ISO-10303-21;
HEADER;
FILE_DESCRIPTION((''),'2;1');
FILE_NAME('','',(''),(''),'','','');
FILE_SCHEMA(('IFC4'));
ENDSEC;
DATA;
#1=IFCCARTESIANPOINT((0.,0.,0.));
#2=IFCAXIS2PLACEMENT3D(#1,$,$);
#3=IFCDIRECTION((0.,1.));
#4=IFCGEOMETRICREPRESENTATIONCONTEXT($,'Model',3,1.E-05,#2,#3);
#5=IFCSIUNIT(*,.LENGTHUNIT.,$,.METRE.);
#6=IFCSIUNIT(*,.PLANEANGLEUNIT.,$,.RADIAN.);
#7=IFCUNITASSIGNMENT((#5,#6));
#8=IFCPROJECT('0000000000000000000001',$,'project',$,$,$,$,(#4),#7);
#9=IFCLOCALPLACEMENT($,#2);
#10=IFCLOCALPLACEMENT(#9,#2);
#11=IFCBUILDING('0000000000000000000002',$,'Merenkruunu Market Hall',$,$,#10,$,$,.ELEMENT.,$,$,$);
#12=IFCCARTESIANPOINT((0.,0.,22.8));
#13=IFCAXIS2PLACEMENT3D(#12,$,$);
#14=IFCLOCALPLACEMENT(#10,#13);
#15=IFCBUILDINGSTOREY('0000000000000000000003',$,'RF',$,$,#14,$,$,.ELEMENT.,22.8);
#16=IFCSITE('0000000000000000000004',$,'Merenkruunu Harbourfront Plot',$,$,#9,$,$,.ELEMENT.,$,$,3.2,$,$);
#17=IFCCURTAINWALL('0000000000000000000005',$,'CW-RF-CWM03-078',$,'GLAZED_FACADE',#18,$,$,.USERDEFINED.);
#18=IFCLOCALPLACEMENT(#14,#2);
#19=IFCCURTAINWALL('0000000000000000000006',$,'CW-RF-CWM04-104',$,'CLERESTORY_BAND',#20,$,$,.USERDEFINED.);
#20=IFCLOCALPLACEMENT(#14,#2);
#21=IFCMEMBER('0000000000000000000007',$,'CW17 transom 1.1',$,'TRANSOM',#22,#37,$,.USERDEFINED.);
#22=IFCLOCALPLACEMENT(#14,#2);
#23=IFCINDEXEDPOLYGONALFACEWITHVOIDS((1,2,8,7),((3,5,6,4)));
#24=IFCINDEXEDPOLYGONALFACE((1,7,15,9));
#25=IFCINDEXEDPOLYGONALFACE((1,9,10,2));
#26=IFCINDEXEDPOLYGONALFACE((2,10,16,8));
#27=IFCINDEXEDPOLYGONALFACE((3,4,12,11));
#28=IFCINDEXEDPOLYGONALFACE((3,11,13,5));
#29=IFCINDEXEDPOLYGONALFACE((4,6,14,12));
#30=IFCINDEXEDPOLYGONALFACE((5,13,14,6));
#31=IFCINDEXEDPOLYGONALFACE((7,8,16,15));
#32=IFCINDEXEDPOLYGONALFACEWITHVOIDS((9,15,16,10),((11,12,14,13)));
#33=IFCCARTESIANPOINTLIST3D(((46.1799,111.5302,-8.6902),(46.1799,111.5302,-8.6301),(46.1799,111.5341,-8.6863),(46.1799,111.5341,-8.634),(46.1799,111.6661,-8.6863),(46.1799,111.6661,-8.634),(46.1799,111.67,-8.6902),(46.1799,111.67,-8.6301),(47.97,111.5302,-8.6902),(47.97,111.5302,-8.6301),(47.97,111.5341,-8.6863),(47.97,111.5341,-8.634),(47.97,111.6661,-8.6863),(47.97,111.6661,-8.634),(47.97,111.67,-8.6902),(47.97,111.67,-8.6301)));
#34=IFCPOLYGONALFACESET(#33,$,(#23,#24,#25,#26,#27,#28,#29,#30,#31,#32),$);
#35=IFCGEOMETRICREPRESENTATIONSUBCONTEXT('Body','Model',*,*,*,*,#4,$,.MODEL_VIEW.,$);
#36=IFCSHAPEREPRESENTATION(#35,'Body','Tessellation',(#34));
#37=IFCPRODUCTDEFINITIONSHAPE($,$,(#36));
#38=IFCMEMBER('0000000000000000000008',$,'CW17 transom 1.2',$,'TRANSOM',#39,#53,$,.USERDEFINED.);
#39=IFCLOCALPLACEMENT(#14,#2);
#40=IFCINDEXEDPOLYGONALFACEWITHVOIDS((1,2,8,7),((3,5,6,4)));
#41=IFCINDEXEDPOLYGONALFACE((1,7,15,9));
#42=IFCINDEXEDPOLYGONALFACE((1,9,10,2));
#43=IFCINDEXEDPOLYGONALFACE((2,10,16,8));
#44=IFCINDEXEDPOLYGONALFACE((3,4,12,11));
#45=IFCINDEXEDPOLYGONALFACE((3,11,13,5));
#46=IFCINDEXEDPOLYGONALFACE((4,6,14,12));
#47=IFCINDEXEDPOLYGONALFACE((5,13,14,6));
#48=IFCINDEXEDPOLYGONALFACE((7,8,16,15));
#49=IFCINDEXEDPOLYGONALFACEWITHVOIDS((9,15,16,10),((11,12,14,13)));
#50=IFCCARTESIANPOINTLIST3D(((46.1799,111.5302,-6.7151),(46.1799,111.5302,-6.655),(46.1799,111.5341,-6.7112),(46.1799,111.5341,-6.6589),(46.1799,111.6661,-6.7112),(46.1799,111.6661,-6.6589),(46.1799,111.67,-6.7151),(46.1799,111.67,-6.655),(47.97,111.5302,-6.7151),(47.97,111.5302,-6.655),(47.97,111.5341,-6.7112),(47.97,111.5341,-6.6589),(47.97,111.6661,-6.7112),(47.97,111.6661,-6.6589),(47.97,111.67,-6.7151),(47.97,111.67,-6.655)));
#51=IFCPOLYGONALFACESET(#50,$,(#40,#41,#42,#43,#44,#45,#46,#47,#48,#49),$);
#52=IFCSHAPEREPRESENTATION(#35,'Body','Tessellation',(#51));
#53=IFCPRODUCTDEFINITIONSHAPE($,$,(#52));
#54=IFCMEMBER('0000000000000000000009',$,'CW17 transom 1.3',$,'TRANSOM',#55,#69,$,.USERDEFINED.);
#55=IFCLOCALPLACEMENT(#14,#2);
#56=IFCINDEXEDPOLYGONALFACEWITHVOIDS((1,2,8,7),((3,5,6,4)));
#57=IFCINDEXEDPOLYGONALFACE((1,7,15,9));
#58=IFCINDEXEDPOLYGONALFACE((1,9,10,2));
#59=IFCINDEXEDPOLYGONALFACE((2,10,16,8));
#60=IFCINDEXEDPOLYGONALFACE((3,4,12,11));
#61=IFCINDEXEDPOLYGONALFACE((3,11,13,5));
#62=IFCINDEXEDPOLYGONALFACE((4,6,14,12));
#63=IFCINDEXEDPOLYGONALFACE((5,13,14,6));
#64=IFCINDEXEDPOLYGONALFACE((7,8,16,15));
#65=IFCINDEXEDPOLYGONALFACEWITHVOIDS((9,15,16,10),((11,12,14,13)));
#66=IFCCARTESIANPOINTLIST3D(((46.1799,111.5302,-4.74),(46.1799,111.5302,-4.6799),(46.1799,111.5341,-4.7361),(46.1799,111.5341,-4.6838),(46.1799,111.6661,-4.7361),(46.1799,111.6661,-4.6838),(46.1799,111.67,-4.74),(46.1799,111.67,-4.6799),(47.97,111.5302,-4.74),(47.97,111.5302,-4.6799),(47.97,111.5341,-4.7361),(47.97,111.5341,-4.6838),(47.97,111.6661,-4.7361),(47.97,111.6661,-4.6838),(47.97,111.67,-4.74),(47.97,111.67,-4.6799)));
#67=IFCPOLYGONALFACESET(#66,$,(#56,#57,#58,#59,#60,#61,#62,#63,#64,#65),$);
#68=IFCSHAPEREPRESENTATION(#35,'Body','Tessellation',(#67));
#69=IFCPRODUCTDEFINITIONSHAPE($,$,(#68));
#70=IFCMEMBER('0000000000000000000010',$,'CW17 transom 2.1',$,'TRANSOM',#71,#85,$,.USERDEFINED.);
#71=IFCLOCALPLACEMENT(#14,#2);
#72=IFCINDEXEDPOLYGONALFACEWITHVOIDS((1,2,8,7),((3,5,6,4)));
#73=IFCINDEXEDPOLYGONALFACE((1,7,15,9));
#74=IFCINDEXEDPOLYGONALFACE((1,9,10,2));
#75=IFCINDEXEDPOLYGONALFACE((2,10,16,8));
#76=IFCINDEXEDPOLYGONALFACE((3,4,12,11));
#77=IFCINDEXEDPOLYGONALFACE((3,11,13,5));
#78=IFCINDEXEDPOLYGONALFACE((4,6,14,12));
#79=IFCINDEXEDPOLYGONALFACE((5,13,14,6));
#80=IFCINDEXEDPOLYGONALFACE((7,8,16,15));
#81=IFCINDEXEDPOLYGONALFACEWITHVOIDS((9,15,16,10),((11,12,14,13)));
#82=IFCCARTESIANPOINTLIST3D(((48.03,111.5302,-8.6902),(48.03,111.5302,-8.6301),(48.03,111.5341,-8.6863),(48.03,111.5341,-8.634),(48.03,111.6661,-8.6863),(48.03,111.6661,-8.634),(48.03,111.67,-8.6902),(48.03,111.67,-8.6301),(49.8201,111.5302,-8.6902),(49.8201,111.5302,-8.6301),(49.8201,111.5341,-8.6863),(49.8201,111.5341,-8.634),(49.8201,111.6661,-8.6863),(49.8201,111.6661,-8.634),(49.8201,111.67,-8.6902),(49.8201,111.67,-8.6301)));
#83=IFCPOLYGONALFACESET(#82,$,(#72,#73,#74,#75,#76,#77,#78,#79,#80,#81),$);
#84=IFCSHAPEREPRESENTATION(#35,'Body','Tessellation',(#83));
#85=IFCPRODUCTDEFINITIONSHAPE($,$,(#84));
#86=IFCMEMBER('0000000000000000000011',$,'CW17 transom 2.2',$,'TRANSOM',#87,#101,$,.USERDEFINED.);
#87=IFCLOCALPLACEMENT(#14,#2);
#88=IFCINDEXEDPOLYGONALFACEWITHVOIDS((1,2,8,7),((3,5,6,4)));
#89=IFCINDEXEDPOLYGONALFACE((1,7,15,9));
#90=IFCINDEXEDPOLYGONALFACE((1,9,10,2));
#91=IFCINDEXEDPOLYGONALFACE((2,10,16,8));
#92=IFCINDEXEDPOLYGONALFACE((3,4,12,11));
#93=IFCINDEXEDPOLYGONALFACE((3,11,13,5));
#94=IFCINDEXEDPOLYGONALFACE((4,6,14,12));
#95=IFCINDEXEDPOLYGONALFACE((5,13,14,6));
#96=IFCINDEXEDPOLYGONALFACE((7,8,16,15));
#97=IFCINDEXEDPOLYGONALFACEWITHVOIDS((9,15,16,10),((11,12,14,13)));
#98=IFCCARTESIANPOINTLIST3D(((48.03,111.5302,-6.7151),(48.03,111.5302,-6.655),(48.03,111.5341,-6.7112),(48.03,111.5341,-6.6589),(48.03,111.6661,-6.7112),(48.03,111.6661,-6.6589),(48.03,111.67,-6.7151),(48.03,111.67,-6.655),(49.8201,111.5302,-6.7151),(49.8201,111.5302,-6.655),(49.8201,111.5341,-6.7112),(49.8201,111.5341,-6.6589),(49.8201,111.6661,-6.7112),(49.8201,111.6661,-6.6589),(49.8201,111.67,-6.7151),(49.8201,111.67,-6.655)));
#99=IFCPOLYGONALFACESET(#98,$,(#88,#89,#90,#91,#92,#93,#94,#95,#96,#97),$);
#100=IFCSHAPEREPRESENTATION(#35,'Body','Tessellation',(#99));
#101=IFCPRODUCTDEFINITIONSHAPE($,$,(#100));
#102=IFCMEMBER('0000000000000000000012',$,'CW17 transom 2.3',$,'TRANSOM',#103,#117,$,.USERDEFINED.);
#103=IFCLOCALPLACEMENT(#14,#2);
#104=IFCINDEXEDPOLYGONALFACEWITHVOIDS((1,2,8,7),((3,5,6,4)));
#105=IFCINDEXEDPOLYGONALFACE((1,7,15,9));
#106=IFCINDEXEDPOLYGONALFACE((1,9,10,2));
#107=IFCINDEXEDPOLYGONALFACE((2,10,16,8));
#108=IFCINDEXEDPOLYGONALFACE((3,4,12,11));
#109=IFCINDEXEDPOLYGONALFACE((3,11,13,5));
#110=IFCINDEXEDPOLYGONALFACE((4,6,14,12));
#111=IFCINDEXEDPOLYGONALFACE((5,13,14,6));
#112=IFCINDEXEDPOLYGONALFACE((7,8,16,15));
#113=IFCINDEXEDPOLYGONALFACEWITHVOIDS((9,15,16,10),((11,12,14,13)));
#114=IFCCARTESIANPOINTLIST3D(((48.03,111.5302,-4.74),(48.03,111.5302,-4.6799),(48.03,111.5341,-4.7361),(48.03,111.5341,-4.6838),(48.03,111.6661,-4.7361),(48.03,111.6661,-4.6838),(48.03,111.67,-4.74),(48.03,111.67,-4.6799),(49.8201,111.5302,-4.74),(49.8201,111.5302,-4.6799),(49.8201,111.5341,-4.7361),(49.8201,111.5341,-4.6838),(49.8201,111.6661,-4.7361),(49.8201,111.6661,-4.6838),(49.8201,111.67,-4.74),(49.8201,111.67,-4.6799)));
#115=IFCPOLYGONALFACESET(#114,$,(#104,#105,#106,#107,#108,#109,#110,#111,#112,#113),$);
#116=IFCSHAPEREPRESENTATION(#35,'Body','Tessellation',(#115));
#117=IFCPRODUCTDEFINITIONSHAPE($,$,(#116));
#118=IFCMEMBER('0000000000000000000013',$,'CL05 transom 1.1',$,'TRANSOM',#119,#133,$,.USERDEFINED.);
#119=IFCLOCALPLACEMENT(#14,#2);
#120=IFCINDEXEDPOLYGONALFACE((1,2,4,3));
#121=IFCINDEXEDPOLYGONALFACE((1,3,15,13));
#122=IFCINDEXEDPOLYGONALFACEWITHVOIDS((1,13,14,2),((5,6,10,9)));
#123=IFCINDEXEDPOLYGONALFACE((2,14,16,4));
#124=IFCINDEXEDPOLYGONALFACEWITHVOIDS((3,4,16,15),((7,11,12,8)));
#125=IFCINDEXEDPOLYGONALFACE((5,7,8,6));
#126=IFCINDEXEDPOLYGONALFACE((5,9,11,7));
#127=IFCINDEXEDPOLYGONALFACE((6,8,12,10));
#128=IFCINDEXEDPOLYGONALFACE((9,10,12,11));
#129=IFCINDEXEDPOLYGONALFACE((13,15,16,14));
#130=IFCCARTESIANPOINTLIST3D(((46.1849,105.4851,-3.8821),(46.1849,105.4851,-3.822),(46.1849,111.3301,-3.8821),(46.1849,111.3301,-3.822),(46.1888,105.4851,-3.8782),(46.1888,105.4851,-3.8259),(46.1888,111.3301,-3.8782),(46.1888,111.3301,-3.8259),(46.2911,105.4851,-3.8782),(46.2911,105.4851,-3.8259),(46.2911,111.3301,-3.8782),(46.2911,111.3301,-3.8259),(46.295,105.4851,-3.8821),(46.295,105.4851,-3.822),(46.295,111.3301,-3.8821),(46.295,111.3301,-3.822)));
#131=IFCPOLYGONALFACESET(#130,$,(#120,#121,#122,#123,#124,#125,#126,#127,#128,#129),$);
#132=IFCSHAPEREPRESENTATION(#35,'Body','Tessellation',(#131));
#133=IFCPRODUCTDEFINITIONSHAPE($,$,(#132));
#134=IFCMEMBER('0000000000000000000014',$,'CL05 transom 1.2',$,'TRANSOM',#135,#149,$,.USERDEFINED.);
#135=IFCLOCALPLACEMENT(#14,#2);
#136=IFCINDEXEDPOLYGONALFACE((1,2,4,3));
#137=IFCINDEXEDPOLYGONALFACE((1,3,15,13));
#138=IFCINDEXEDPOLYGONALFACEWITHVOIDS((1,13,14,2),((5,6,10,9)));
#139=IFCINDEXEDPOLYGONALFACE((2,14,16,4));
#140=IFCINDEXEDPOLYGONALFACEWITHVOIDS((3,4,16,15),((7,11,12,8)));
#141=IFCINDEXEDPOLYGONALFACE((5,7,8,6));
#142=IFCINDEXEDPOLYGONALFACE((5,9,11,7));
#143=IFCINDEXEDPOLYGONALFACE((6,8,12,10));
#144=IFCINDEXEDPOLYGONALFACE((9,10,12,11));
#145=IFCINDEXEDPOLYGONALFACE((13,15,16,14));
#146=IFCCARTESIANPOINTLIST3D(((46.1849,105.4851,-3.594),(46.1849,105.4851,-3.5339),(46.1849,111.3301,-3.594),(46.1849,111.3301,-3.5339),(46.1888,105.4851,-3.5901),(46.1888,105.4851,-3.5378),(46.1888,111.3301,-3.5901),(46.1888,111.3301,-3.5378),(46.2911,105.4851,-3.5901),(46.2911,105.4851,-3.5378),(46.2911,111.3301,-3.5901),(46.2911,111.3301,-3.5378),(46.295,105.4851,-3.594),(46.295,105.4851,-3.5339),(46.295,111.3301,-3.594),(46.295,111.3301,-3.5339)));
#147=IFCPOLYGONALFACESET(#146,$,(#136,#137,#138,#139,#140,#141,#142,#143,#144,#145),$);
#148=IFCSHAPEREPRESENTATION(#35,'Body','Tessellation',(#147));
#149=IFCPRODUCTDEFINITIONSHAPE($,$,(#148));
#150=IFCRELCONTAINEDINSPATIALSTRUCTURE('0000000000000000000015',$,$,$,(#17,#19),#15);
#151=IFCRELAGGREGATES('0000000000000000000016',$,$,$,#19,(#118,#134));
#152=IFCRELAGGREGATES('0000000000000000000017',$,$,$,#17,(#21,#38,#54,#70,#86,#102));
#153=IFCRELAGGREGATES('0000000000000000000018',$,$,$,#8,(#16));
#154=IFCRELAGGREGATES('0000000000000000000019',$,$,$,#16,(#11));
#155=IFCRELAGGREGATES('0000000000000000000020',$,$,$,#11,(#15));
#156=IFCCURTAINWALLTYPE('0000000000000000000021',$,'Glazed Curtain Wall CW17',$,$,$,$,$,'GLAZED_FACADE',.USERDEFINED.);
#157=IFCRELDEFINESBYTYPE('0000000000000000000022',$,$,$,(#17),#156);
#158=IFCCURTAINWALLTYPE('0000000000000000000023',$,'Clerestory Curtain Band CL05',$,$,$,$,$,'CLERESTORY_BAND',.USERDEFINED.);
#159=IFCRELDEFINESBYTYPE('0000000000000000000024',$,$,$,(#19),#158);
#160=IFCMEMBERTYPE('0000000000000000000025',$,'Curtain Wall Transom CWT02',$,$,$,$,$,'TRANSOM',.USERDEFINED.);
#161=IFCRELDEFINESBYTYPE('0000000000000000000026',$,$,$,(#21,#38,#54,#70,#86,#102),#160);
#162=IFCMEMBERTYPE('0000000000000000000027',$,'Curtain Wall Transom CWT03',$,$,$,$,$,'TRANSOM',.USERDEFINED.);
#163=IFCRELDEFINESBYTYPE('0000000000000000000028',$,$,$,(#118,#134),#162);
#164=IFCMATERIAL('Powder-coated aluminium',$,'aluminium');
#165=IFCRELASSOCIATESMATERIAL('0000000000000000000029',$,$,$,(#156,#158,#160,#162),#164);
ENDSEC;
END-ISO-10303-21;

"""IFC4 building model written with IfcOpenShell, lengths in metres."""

from ifc_helpers import new_model, si_unit, direction, frame, origin, origin_2d, place, context, subcontext, project, spatial, hollow_rectangle, extrude, material, material_profile, profile_set, type_object, element, aggregate, save


model = new_model("IFC4")

# Units and contexts
model_context = context("Model", 3, precision=1e-05, world=origin(), true_north=direction((0.0, 1.0)))
body_context = subcontext(model_context, "Body", "Model", "MODEL_VIEW")
ifc_project = project(units=[si_unit("LENGTHUNIT", "METRE"), si_unit("PLANEANGLEUNIT", "RADIAN")], contexts=[model_context])

# Site, building, storey
site_placement = place(None, origin())
site = spatial("IfcSite", under=ifc_project, at=site_placement, Name="Merenkruunu Harbourfront Plot", CompositionType="ELEMENT", RefElevation=3.2)
building_placement = place(site_placement, origin())
building = spatial("IfcBuilding", under=site, at=building_placement, Name="Merenkruunu Market Hall", CompositionType="ELEMENT")
storey_placement = place(building_placement, frame((0.0, 0.0, 22.8)))
storey = spatial("IfcBuildingStorey", under=building, at=storey_placement, Name="RF", CompositionType="ELEMENT", Elevation=22.8)

# Shared definitions
ifc_material_1 = material(Name="Powder-coated aluminium", Category="aluminium")
curtain_wall_type_1 = type_object("IfcCurtainWallType", Name="Glazed Curtain Wall CW17", ElementType="GLAZED_FACADE", PredefinedType="USERDEFINED", material=ifc_material_1)

# Curtain wall
curtain_wall_1_placement = place(storey_placement, origin())
curtain_wall_1 = element("IfcCurtainWall", 1, at=curtain_wall_1_placement, inside=storey, type_object=curtain_wall_type_1, Name="CW-RF-CWM03-078", ObjectType="GLAZED_FACADE", PredefinedType="USERDEFINED")

# Curtain wall
curtain_wall_type_2 = type_object("IfcCurtainWallType", Name="Clerestory Curtain Band CL05", ElementType="CLERESTORY_BAND", PredefinedType="USERDEFINED", material=ifc_material_1)
curtain_wall_2_placement = place(storey_placement, origin())
curtain_wall_2 = element("IfcCurtainWall", 2, at=curtain_wall_2_placement, inside=storey, type_object=curtain_wall_type_2, Name="CW-RF-CWM04-104", ObjectType="CLERESTORY_BAND", PredefinedType="USERDEFINED")

# Members
ifc_material_profile_1 = material_profile(ifc_material_1, hollow_rectangle(XDim=0.0601, YDim=0.1399, WallThickness=0.0039, at=origin_2d()), Name="ALU 60x140x4")
ifc_profile_set_1 = profile_set([ifc_material_profile_1], Name="Powder-coated aluminium")
member_type_1 = type_object("IfcMemberType", Name="Curtain Wall Transom CWT02", ElementType="TRANSOM", PredefinedType="USERDEFINED", material=ifc_profile_set_1)
member_1_placement = place(storey_placement, frame((46.1799, 111.6001, -8.6602), z_axis=(1.0, 0.0, 0.0), x_axis=(0.0, 0.0, 1.0)))
member_1 = element("IfcMember", 3, at=member_1_placement, type_object=member_type_1, Name="CW17 transom 1.1", ObjectType="TRANSOM", PredefinedType="USERDEFINED", context=body_context, shape_type="SweptSolid", body=[
    extrude(hollow_rectangle(XDim=0.0601, YDim=0.1399, WallThickness=0.0039, at=origin_2d()), origin(), (0.0, 0.0, 1.0), 1.79),
])
member_2_placement = place(storey_placement, frame((46.1799, 111.6001, -6.6851), z_axis=(1.0, 0.0, 0.0), x_axis=(0.0, 0.0, 1.0)))
member_2 = element("IfcMember", 4, at=member_2_placement, type_object=member_type_1, Name="CW17 transom 1.2", ObjectType="TRANSOM", PredefinedType="USERDEFINED", context=body_context, shape_type="SweptSolid", body=[
    extrude(hollow_rectangle(XDim=0.0601, YDim=0.1399, WallThickness=0.0039, at=origin_2d()), origin(), (0.0, 0.0, 1.0), 1.79),
])
member_3_placement = place(storey_placement, frame((46.1799, 111.6001, -4.71), z_axis=(1.0, 0.0, 0.0), x_axis=(0.0, 0.0, 1.0)))
member_3 = element("IfcMember", 5, at=member_3_placement, type_object=member_type_1, Name="CW17 transom 1.3", ObjectType="TRANSOM", PredefinedType="USERDEFINED", context=body_context, shape_type="SweptSolid", body=[
    extrude(hollow_rectangle(XDim=0.0601, YDim=0.1399, WallThickness=0.0039, at=origin_2d()), origin(), (0.0, 0.0, 1.0), 1.79),
])
member_4_placement = place(storey_placement, frame((48.03, 111.6001, -8.6602), z_axis=(1.0, 0.0, 0.0), x_axis=(0.0, 0.0, 1.0)))
member_4 = element("IfcMember", 6, at=member_4_placement, type_object=member_type_1, Name="CW17 transom 2.1", ObjectType="TRANSOM", PredefinedType="USERDEFINED", context=body_context, shape_type="SweptSolid", body=[
    extrude(hollow_rectangle(XDim=0.0601, YDim=0.1399, WallThickness=0.0039, at=origin_2d()), origin(), (0.0, 0.0, 1.0), 1.79),
])
member_5_placement = place(storey_placement, frame((48.03, 111.6001, -6.6851), z_axis=(1.0, 0.0, 0.0), x_axis=(0.0, 0.0, 1.0)))
member_5 = element("IfcMember", 7, at=member_5_placement, type_object=member_type_1, Name="CW17 transom 2.2", ObjectType="TRANSOM", PredefinedType="USERDEFINED", context=body_context, shape_type="SweptSolid", body=[
    extrude(hollow_rectangle(XDim=0.0601, YDim=0.1399, WallThickness=0.0039, at=origin_2d()), origin(), (0.0, 0.0, 1.0), 1.79),
])
member_6_placement = place(storey_placement, frame((48.03, 111.6001, -4.71), z_axis=(1.0, 0.0, 0.0), x_axis=(0.0, 0.0, 1.0)))
member_6 = element("IfcMember", 8, at=member_6_placement, type_object=member_type_1, Name="CW17 transom 2.3", ObjectType="TRANSOM", PredefinedType="USERDEFINED", context=body_context, shape_type="SweptSolid", body=[
    extrude(hollow_rectangle(XDim=0.0601, YDim=0.1399, WallThickness=0.0039, at=origin_2d()), origin(), (0.0, 0.0, 1.0), 1.79),
])
ifc_material_profile_2 = material_profile(ifc_material_1, hollow_rectangle(XDim=0.0601, YDim=0.1101, WallThickness=0.0039, at=origin_2d()), Name="ALU 60x110x4")
ifc_profile_set_2 = profile_set([ifc_material_profile_2], Name="Powder-coated aluminium")
member_type_2 = type_object("IfcMemberType", Name="Curtain Wall Transom CWT03", ElementType="TRANSOM", PredefinedType="USERDEFINED", material=ifc_profile_set_2)
member_7_placement = place(storey_placement, frame((46.24, 111.3301, -3.8521), z_axis=(0.0, -1.0, 0.0), x_axis=(0.0, 0.0, 1.0)))
member_7 = element("IfcMember", 9, at=member_7_placement, type_object=member_type_2, Name="CL05 transom 1.1", ObjectType="TRANSOM", PredefinedType="USERDEFINED", context=body_context, shape_type="SweptSolid", body=[
    extrude(hollow_rectangle(XDim=0.0601, YDim=0.1101, WallThickness=0.0039, at=origin_2d()), origin(), (0.0, 0.0, 1.0), 5.845),
])
member_8_placement = place(storey_placement, frame((46.24, 111.3301, -3.564), z_axis=(0.0, -1.0, 0.0), x_axis=(0.0, 0.0, 1.0)))
member_8 = element("IfcMember", 10, at=member_8_placement, type_object=member_type_2, Name="CL05 transom 1.2", ObjectType="TRANSOM", PredefinedType="USERDEFINED", context=body_context, shape_type="SweptSolid", body=[
    extrude(hollow_rectangle(XDim=0.0601, YDim=0.1101, WallThickness=0.0039, at=origin_2d()), origin(), (0.0, 0.0, 1.0), 5.845),
])
aggregate(curtain_wall_2, [member_7, member_8])

aggregate(curtain_wall_1, [member_1, member_2, member_3, member_4, member_5, member_6])

save(model, "model.ifc")
